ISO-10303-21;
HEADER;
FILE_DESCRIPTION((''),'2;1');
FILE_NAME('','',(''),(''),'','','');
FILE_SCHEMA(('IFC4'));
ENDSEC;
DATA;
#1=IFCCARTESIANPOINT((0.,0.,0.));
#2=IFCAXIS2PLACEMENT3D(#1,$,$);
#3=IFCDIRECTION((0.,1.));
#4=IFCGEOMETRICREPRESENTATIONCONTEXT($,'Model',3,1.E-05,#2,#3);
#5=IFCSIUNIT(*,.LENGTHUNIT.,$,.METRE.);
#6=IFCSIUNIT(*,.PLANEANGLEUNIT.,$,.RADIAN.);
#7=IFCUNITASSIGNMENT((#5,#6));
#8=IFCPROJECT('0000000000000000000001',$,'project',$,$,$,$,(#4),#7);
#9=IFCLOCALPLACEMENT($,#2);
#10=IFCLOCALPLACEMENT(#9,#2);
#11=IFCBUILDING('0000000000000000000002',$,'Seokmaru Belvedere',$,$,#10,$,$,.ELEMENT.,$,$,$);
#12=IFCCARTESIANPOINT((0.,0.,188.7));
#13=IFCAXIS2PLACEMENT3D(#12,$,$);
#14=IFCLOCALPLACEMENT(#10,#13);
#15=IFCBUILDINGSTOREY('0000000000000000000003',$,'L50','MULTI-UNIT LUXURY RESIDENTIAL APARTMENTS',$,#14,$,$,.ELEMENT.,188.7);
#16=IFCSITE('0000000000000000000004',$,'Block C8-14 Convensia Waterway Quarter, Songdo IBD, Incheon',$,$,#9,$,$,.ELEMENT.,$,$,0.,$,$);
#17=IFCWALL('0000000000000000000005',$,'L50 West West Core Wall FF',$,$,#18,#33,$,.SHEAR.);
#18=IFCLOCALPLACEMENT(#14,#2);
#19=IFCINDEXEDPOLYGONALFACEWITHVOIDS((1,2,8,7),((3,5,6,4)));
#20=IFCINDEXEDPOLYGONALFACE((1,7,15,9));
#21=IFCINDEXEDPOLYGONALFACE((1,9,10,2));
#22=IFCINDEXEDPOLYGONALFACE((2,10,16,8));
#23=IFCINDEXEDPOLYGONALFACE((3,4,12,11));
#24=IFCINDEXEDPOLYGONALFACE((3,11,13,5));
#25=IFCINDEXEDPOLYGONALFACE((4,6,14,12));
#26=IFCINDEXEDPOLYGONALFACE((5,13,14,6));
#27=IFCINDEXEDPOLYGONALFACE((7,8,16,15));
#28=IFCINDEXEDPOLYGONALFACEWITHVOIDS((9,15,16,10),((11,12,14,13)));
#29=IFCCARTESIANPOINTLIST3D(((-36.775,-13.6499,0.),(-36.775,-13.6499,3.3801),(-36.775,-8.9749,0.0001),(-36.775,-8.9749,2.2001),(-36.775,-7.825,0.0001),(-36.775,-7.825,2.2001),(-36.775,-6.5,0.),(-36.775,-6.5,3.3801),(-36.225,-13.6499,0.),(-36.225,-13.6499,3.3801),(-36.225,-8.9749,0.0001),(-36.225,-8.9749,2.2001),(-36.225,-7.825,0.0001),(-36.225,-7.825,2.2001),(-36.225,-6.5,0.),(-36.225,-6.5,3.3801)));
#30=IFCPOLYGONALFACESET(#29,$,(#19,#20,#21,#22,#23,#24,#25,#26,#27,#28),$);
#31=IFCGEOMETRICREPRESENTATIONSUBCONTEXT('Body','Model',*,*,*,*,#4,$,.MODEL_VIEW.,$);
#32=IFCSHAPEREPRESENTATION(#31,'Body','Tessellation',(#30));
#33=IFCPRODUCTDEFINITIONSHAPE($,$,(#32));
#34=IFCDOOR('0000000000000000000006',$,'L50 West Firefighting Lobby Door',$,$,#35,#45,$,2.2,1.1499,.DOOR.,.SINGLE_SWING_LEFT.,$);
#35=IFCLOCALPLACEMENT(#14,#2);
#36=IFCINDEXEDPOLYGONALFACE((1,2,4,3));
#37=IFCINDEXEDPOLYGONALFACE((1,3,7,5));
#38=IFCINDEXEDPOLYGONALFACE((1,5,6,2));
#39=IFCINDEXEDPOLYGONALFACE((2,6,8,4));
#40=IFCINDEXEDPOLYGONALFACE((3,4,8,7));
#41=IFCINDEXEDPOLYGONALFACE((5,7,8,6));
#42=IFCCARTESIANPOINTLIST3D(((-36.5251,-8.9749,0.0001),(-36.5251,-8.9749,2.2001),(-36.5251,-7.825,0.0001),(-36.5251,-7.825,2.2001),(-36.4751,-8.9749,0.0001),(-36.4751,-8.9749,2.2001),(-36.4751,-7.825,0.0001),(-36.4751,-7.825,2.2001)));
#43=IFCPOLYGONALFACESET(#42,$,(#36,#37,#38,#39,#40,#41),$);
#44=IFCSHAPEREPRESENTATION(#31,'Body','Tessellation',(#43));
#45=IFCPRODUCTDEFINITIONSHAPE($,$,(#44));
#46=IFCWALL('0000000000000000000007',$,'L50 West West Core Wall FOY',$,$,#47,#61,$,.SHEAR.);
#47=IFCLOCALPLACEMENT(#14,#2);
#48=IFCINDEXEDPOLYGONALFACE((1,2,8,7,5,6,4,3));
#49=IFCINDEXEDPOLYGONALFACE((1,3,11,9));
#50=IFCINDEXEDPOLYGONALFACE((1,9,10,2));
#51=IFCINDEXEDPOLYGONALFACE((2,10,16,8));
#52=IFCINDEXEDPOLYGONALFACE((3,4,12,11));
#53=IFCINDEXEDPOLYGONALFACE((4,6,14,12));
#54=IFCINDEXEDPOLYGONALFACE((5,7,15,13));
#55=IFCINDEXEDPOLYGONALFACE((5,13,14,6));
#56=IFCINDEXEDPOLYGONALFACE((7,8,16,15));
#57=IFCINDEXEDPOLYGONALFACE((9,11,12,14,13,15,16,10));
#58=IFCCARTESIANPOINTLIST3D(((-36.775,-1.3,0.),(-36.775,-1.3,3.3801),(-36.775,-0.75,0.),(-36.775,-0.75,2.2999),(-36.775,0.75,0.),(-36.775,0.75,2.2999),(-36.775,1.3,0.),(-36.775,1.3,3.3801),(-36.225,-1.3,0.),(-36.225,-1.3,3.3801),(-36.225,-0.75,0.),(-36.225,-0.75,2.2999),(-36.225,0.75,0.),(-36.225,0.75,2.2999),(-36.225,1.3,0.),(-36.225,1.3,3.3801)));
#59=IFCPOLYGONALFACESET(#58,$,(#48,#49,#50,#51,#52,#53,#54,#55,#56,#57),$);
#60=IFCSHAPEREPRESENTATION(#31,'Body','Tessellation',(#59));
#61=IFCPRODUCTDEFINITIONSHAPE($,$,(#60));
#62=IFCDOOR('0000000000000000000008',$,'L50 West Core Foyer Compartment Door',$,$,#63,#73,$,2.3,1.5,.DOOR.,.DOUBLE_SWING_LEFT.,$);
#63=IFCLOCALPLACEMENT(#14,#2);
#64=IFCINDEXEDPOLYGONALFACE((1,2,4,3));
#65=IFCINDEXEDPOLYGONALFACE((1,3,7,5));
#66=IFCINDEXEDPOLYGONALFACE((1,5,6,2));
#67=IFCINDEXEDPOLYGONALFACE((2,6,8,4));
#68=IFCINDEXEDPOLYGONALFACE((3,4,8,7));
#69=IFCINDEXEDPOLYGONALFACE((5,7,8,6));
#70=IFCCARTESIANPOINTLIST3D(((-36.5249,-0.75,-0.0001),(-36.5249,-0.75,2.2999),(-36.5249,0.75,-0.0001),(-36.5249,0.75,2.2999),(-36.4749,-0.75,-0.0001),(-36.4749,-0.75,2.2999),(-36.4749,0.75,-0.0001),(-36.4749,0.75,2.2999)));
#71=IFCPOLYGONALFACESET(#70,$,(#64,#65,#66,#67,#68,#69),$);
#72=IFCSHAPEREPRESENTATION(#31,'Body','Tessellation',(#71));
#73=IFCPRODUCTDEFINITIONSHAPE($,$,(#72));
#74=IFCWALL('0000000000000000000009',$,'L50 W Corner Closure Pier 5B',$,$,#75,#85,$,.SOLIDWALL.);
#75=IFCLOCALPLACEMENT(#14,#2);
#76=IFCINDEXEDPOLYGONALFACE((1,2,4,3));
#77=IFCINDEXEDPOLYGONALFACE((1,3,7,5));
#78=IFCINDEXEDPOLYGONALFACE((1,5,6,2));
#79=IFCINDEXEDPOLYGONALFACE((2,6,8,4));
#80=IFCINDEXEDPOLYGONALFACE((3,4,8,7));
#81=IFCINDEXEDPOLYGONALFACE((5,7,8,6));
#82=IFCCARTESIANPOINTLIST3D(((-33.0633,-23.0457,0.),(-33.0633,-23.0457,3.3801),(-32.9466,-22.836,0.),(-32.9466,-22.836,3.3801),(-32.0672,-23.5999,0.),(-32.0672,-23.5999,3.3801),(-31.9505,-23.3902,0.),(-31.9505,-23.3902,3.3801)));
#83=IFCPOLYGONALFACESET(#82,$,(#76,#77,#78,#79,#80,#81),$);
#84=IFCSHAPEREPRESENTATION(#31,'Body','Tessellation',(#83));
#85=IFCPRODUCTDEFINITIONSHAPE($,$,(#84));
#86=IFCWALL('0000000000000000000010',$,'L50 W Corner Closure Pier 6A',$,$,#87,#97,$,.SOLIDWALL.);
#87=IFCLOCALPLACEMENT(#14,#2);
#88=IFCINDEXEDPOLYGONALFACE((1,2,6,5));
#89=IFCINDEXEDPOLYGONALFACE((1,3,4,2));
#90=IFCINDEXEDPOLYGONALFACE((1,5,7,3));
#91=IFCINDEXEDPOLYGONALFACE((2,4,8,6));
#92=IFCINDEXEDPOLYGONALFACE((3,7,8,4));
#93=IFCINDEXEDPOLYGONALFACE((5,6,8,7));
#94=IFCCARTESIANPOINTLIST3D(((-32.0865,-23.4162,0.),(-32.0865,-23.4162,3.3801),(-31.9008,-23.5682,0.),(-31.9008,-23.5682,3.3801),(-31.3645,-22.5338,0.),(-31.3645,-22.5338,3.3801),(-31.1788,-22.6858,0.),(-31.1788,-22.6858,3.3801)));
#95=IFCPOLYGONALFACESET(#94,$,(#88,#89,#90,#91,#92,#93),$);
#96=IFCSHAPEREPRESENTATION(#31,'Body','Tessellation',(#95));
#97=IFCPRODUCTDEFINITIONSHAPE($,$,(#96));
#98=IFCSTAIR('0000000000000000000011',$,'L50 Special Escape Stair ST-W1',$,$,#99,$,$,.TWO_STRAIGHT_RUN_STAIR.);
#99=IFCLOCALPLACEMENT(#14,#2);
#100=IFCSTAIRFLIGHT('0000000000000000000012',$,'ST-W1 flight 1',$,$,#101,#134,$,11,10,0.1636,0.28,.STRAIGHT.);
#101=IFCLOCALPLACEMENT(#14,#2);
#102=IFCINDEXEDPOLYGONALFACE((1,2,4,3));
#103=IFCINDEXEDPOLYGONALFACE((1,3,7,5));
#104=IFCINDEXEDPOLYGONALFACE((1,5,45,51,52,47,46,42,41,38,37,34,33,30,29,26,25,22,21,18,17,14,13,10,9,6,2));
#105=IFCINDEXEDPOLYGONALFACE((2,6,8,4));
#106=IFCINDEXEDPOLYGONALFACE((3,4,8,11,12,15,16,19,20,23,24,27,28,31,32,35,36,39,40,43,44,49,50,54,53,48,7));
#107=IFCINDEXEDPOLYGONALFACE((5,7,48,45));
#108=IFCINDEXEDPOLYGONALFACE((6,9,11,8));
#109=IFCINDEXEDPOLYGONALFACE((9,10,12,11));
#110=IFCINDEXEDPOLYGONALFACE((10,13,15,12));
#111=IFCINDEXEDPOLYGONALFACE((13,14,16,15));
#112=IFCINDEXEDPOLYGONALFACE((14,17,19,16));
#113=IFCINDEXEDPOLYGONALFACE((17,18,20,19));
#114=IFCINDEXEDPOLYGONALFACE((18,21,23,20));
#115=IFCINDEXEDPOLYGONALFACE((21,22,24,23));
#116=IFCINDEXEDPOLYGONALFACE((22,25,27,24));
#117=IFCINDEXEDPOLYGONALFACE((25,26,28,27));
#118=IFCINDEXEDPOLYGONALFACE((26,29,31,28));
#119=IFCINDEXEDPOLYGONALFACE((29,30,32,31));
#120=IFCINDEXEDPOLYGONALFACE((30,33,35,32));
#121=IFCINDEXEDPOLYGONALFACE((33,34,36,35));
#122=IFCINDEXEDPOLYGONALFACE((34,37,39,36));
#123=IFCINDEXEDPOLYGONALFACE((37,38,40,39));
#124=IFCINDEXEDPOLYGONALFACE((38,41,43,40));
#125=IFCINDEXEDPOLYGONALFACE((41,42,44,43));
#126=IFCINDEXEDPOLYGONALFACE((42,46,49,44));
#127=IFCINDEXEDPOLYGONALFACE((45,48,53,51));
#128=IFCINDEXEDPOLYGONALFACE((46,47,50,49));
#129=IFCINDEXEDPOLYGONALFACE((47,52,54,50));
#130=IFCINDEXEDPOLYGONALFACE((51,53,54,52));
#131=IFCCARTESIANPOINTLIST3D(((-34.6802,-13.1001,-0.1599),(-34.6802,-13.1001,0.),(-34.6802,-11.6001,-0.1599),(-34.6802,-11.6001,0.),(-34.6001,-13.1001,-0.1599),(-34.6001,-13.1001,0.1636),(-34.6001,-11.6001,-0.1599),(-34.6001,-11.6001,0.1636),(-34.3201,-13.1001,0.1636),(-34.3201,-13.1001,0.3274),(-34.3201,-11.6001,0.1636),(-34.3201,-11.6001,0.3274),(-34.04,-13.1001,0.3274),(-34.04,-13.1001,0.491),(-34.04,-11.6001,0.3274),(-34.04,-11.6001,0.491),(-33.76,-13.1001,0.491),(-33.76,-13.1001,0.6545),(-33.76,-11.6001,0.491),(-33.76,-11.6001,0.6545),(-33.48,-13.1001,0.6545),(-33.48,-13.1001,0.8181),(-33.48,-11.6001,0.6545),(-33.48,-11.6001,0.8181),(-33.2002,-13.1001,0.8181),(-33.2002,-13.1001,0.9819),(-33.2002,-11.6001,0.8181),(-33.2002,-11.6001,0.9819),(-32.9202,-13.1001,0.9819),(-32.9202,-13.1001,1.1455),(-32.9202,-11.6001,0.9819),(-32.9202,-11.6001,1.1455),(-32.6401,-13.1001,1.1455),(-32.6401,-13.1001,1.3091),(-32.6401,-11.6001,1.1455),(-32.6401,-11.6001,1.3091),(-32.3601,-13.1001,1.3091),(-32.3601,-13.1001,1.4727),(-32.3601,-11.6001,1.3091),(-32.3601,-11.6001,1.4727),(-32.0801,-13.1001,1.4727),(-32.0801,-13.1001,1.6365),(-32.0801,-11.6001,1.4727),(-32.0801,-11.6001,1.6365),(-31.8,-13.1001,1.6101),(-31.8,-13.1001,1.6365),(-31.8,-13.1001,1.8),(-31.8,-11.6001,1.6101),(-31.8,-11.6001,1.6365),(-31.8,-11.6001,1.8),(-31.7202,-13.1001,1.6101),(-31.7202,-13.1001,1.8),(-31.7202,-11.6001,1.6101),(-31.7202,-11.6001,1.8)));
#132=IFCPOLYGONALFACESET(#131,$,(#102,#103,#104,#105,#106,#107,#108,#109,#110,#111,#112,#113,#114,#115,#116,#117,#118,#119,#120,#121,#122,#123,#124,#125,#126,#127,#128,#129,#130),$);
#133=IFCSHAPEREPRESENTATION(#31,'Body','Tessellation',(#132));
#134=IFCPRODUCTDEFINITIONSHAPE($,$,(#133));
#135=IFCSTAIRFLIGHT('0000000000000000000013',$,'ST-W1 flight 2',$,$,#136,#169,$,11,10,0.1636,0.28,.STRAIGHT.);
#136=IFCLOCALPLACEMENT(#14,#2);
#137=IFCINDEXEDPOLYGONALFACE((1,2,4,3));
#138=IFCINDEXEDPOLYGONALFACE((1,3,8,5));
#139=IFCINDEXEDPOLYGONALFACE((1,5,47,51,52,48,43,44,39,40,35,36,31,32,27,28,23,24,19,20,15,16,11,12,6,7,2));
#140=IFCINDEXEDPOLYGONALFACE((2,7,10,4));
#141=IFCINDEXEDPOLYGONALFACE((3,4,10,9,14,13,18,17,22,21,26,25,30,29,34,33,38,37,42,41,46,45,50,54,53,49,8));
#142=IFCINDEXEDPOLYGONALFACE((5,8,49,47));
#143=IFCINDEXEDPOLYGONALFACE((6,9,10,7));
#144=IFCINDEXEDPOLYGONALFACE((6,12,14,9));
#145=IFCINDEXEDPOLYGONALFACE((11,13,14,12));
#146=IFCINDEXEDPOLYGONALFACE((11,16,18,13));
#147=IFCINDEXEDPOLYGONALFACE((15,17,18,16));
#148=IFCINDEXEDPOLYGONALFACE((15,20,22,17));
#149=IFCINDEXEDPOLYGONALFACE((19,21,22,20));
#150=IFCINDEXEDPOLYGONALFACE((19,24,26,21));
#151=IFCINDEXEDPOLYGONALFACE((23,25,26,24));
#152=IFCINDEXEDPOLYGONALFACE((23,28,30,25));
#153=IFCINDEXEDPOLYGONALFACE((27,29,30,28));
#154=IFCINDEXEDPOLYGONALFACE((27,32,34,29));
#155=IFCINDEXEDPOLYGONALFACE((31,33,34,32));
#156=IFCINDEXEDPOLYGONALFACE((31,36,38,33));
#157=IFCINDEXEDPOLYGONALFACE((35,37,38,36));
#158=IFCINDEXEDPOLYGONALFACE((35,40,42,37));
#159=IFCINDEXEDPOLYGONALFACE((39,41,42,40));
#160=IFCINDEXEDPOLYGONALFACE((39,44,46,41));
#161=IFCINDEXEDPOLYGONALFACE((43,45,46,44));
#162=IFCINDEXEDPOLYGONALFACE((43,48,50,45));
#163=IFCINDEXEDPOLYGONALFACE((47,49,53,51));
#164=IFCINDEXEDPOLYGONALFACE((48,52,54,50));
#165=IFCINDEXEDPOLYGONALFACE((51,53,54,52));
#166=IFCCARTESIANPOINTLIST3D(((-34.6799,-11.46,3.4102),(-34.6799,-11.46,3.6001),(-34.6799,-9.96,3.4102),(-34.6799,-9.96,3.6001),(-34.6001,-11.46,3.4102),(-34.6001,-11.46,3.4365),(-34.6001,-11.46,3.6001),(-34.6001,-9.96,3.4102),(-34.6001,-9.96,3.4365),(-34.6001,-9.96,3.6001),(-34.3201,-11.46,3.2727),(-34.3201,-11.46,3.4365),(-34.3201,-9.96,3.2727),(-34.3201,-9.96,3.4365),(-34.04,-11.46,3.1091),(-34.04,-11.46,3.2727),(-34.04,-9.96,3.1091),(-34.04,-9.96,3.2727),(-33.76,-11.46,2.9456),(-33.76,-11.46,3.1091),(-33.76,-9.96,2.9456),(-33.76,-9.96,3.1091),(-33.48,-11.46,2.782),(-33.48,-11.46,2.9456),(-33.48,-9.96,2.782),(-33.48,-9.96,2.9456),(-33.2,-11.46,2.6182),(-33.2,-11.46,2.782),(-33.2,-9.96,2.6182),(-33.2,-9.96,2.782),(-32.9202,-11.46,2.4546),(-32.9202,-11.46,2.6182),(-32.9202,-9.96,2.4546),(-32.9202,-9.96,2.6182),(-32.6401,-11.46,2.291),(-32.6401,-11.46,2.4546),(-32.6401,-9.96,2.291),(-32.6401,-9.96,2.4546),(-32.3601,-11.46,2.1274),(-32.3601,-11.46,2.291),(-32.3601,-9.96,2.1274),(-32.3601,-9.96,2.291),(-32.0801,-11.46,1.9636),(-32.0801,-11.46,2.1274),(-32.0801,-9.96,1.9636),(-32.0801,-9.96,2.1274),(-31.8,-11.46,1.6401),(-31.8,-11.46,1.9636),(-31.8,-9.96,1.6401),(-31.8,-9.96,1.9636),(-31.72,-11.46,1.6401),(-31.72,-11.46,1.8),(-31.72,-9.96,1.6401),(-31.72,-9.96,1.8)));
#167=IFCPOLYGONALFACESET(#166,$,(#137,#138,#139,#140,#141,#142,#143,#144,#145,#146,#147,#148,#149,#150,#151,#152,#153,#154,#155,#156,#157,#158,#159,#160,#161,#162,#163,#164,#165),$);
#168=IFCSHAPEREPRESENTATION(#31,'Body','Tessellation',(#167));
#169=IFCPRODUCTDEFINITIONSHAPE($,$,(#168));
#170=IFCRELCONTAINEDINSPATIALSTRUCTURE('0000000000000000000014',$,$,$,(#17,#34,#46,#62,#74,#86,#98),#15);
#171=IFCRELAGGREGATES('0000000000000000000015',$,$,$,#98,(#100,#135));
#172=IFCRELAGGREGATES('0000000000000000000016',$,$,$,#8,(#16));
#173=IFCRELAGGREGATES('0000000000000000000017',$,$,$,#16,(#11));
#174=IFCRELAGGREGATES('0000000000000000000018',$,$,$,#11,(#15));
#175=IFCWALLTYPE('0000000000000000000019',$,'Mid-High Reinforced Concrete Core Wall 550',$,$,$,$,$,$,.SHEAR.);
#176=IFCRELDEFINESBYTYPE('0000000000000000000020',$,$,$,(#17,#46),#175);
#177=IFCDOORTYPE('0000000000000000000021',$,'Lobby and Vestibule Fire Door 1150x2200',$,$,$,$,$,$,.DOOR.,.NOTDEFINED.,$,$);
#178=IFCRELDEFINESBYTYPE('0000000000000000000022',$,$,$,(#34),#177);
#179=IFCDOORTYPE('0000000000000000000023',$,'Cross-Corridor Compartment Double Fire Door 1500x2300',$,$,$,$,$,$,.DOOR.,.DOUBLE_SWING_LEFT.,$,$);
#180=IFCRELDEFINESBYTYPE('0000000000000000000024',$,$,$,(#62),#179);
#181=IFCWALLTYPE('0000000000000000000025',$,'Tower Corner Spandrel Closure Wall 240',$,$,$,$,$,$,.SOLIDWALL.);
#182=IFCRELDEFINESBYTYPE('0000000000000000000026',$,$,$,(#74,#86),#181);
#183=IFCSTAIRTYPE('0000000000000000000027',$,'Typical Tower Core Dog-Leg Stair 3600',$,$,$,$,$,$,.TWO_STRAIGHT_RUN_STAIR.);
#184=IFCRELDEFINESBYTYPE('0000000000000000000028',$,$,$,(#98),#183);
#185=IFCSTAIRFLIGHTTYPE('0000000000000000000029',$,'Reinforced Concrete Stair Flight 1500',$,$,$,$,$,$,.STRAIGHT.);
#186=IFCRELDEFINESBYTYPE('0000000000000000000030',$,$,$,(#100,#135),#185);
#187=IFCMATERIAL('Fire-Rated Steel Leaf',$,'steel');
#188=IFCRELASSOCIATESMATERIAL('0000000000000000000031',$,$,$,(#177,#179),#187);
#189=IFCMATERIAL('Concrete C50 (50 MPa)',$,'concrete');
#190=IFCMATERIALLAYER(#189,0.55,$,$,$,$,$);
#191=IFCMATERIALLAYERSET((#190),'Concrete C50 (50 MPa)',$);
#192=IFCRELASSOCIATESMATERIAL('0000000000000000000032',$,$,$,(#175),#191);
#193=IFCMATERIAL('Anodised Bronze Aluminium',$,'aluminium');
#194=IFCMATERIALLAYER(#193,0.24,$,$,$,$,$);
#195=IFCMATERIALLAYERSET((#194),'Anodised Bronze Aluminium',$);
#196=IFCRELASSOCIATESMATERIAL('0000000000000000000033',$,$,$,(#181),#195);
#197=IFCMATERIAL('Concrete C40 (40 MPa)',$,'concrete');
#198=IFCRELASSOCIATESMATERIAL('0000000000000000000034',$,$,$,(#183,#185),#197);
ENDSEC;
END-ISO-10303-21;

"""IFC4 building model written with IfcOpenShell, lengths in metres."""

from ifc_helpers import new_model, si_unit, direction, frame, frame_2d, origin, place, context, subcontext, project, spatial, polyline, rectangle, outline, extrude, source, transform, mapped, material, layer, layer_set, type_object, type_shapes, element, fill, aggregate, save


model = new_model("IFC4")

# Units and contexts
model_context = context("Model", 3, precision=1e-05, world=origin(), true_north=direction((0.0, 1.0)))
body_context = subcontext(model_context, "Body", "Model", "MODEL_VIEW")
ifc_project = project(units=[si_unit("LENGTHUNIT", "METRE"), si_unit("PLANEANGLEUNIT", "RADIAN")], contexts=[model_context])

# Site, building, storey
site_placement = place(None, origin())
site = spatial("IfcSite", under=ifc_project, at=site_placement, Name="Block C8-14 Convensia Waterway Quarter, Songdo IBD, Incheon", CompositionType="ELEMENT", RefElevation=0.0)
building_placement = place(site_placement, origin())
building = spatial("IfcBuilding", under=site, at=building_placement, Name="Seokmaru Belvedere", CompositionType="ELEMENT")
storey_placement = place(building_placement, frame((0.0, 0.0, 188.7)))
storey = spatial("IfcBuildingStorey", under=building, at=storey_placement, Name="L50", Description="MULTI-UNIT LUXURY RESIDENTIAL APARTMENTS", CompositionType="ELEMENT", Elevation=188.7)

# Shared definitions
ifc_material_1 = material(Name="Anodised Bronze Aluminium", Category="aluminium")

# Shared definitions
ifc_material_2 = material(Name="Fire-Rated Steel Leaf", Category="steel")
door_type_1 = type_object("IfcDoorType", Name="Lobby and Vestibule Fire Door 1150x2200", OperationType="NOTDEFINED", PredefinedType="DOOR", material=ifc_material_2)
shared_shape_1 = source(origin(), body_context, "Body", "SweptSolid", [
    extrude(rectangle(XDim=1.1499, YDim=2.2, at=frame_2d((0.575, 1.1001))), frame((0.0, 0.0249, 0.0), z_axis=(0.0, -1.0, 0.0), x_axis=(1.0, 0.0, 0.0)), (0.0, 0.0, 1.0), 0.05),
])
type_shapes(door_type_1, [shared_shape_1])

# Shared definitions
ifc_material_3 = material(Name="Concrete C50 (50 MPa)", Category="concrete")

# Shared definitions
ifc_layer_1 = layer(ifc_material_3, 0.55)
ifc_layer_set_1 = layer_set([ifc_layer_1], Name="Concrete C50 (50 MPa)")
wall_type_1 = type_object("IfcWallType", Name="Mid-High Reinforced Concrete Core Wall 550", PredefinedType="SHEAR", material=ifc_layer_set_1)

# Walls, openings, doors
wall_1_placement = place(storey_placement, frame((-36.5, -13.6499, 0.0), z_axis=(0.0, 0.0, 1.0), x_axis=(0.0, 1.0, 0.0)))
wall_1 = element("IfcWall", 1, at=wall_1_placement, inside=storey, type_object=wall_type_1, Name="L50 West West Core Wall FF", PredefinedType="SHEAR", context=body_context, shape_type="SweptSolid", body=[
    extrude(rectangle(XDim=7.1499, YDim=0.55, at=frame_2d((3.575, 0.0))), origin(), (0.0, 0.0, 1.0), 3.3801),
])
opening_1_placement = place(wall_1_placement, frame((4.675, 0.0, 0.0)))
opening_1 = element("IfcOpeningElement", 2, at=opening_1_placement, cuts=wall_1, PredefinedType="OPENING", context=body_context, shape_type="SweptSolid", body=[
    extrude(rectangle(XDim=1.1499, YDim=2.2, at=frame_2d((0.575, 1.1001))), frame((0.0, 0.2852, 0.0), z_axis=(0.0, -1.0, 0.0), x_axis=(1.0, 0.0, 0.0)), (0.0, 0.0, 1.0), 0.5701),
])
door_1_placement = place(opening_1_placement, frame((1.1499, 0.0, 0.0), z_axis=(0.0, 0.0, 1.0), x_axis=(-1.0, 0.0, 0.0)))
door_1 = element("IfcDoor", 3, at=door_1_placement, inside=storey, type_object=door_type_1, Name="L50 West Firefighting Lobby Door", OperationType="SINGLE_SWING_LEFT", OverallHeight=2.2, OverallWidth=1.1499, PredefinedType="DOOR", context=body_context, shape_type="MappedRepresentation", body=[
    mapped(shared_shape_1, transform((0.0, 0.0, 0.0), scale=1.0)),
])
fill(opening_1, door_1)
wall_2_placement = place(storey_placement, frame((-36.5, -1.3, 0.0), z_axis=(0.0, 0.0, 1.0), x_axis=(0.0, 1.0, 0.0)))
wall_2 = element("IfcWall", 4, at=wall_2_placement, inside=storey, type_object=wall_type_1, Name="L50 West West Core Wall FOY", PredefinedType="SHEAR", context=body_context, shape_type="SweptSolid", body=[
    extrude(rectangle(XDim=2.6001, YDim=0.55, at=frame_2d((1.3, 0.0))), origin(), (0.0, 0.0, 1.0), 3.3801),
])
opening_2_placement = place(wall_2_placement, frame((0.55, 0.0, 0.0)))
opening_2 = element("IfcOpeningElement", 5, at=opening_2_placement, cuts=wall_2, PredefinedType="OPENING", context=body_context, shape_type="SweptSolid", body=[
    extrude(rectangle(XDim=1.5, YDim=2.3, at=frame_2d((0.75, 1.1499))), frame((0.0, 0.2852, 0.0), z_axis=(0.0, -1.0, 0.0), x_axis=(1.0, 0.0, 0.0)), (0.0, 0.0, 1.0), 0.5701),
])
door_type_2 = type_object("IfcDoorType", Name="Cross-Corridor Compartment Double Fire Door 1500x2300", OperationType="DOUBLE_SWING_LEFT", PredefinedType="DOOR", material=ifc_material_2)
shared_shape_2 = source(origin(), body_context, "Body", "SweptSolid", [
    extrude(rectangle(XDim=1.5, YDim=2.3, at=frame_2d((0.75, 1.1499))), frame((0.0, 0.0249, 0.0), z_axis=(0.0, -1.0, 0.0), x_axis=(1.0, 0.0, 0.0)), (0.0, 0.0, 1.0), 0.05),
])
type_shapes(door_type_2, [shared_shape_2])
door_2_placement = place(opening_2_placement, origin())
door_2 = element("IfcDoor", 6, at=door_2_placement, inside=storey, type_object=door_type_2, Name="L50 West Core Foyer Compartment Door", OperationType="DOUBLE_SWING_LEFT", OverallHeight=2.3, OverallWidth=1.5, PredefinedType="DOOR", context=body_context, shape_type="MappedRepresentation", body=[
    mapped(shared_shape_2, transform((0.0, 0.0, 0.0), scale=1.0)),
])
fill(opening_2, door_2)

# Walls
ifc_layer_2 = layer(ifc_material_1, 0.24)
ifc_layer_set_2 = layer_set([ifc_layer_2], Name="Anodised Bronze Aluminium")
wall_type_2 = type_object("IfcWallType", Name="Tower Corner Spandrel Closure Wall 240", PredefinedType="SOLIDWALL", material=ifc_layer_set_2)
wall_3_placement = place(storey_placement, frame((-33.0049, -22.9409, 0.0), z_axis=(0.0, 0.0, 1.0), x_axis=(0.873854, -0.486188, 0.0)))
element("IfcWall", 7, at=wall_3_placement, inside=storey, type_object=wall_type_2, Name="L50 W Corner Closure Pier 5B", PredefinedType="SOLIDWALL", context=body_context, shape_type="SweptSolid", body=[
    extrude(rectangle(XDim=1.1399, YDim=0.24, at=frame_2d((0.5698, 0.0))), origin(), (0.0, 0.0, 1.0), 3.3801),
])
wall_4_placement = place(storey_placement, frame((-31.9937, -23.4922, 0.0), z_axis=(0.0, 0.0, 1.0), x_axis=(0.633249, 0.773948, 0.0)))
element("IfcWall", 8, at=wall_4_placement, inside=storey, type_object=wall_type_2, Name="L50 W Corner Closure Pier 6A", PredefinedType="SOLIDWALL", context=body_context, shape_type="SweptSolid", body=[
    extrude(rectangle(XDim=1.1401, YDim=0.24, at=frame_2d((0.5701, 0.0))), origin(), (0.0, 0.0, 1.0), 3.3801),
])

# Stair, stair flights
ifc_material_4 = material(Name="Concrete C40 (40 MPa)", Category="concrete")
stair_type = type_object("IfcStairType", Name="Typical Tower Core Dog-Leg Stair 3600", PredefinedType="TWO_STRAIGHT_RUN_STAIR", material=ifc_material_4)
stair_placement = place(storey_placement, origin())
stair = element("IfcStair", 9, at=stair_placement, inside=storey, type_object=stair_type, Name="L50 Special Escape Stair ST-W1", PredefinedType="TWO_STRAIGHT_RUN_STAIR")
stair_flight_type = type_object("IfcStairFlightType", Name="Reinforced Concrete Stair Flight 1500", PredefinedType="STRAIGHT", material=ifc_material_4)
stair_flight_1_placement = place(storey_placement, frame((-34.6001, -12.3501, 0.0), z_axis=(0.0, 0.0, 1.0), x_axis=(1.0, 0.0, 0.0)))
stair_flight_1 = element("IfcStairFlight", 10, at=stair_flight_1_placement, type_object=stair_flight_type, Name="ST-W1 flight 1", NumberOfRisers=11, NumberOfTreads=10, PredefinedType="STRAIGHT", RiserHeight=0.1636, TreadLength=0.28, context=body_context, shape_type="SweptSolid", body=[
    extrude(outline(polyline([(-0.0801, 0.0), (0.0, 0.1636), (0.28, 0.1636), (0.28, 0.3274), (0.5601, 0.3274), (0.5601, 0.491), (0.8401, 0.491), (0.8401, 0.6545), (1.1201, 0.6545), (1.1201, 0.8181), (1.3999, 0.8181), (1.3999, 0.9819), (1.6799, 0.9819), (1.6799, 1.1455), (1.96, 1.1455), (1.96, 1.3091), (2.24, 1.3091), (2.24, 1.4727), (2.52, 1.4727), (2.52, 1.6365), (2.8, 1.6365), (2.8, 1.8), (2.8799, 1.8), (2.8799, 1.6101), (2.8, 1.6101), (0.0, -0.1599), (-0.0801, -0.1599), (-0.0801, 0.0)])), frame((0.0, 0.75, 0.0), z_axis=(0.0, -1.0, 0.0), x_axis=(1.0, 0.0, 0.0)), (0.0, 0.0, 1.0), 1.5),
])
stair_flight_2_placement = place(storey_placement, frame((-31.8, -10.71, 1.8), z_axis=(0.0, 0.0, 1.0), x_axis=(-1.0, 0.0, 0.0)))
stair_flight_2 = element("IfcStairFlight", 11, at=stair_flight_2_placement, type_object=stair_flight_type, Name="ST-W1 flight 2", NumberOfRisers=11, NumberOfTreads=10, PredefinedType="STRAIGHT", RiserHeight=0.1636, TreadLength=0.28, context=body_context, shape_type="SweptSolid", body=[
    extrude(outline(polyline([(-0.0801, 0.0), (0.0, 0.1636), (0.28, 0.1636), (0.28, 0.3274), (0.5601, 0.3274), (0.5601, 0.491), (0.8401, 0.491), (0.8401, 0.6545), (1.1201, 0.6545), (1.1201, 0.8181), (1.3999, 0.8181), (1.3999, 0.9819), (1.6799, 0.9819), (1.6799, 1.1455), (1.96, 1.1455), (1.96, 1.3091), (2.24, 1.3091), (2.24, 1.4727), (2.52, 1.4727), (2.52, 1.6365), (2.8, 1.6365), (2.8, 1.8), (2.8799, 1.8), (2.8799, 1.6101), (2.8, 1.6101), (0.0, -0.1599), (-0.0801, -0.1599), (-0.0801, 0.0)])), frame((0.0, 0.75, 0.0), z_axis=(0.0, -1.0, 0.0), x_axis=(1.0, 0.0, 0.0)), (0.0, 0.0, 1.0), 1.5),
])
aggregate(stair, [stair_flight_1, stair_flight_2])

save(model, "model.ifc")
